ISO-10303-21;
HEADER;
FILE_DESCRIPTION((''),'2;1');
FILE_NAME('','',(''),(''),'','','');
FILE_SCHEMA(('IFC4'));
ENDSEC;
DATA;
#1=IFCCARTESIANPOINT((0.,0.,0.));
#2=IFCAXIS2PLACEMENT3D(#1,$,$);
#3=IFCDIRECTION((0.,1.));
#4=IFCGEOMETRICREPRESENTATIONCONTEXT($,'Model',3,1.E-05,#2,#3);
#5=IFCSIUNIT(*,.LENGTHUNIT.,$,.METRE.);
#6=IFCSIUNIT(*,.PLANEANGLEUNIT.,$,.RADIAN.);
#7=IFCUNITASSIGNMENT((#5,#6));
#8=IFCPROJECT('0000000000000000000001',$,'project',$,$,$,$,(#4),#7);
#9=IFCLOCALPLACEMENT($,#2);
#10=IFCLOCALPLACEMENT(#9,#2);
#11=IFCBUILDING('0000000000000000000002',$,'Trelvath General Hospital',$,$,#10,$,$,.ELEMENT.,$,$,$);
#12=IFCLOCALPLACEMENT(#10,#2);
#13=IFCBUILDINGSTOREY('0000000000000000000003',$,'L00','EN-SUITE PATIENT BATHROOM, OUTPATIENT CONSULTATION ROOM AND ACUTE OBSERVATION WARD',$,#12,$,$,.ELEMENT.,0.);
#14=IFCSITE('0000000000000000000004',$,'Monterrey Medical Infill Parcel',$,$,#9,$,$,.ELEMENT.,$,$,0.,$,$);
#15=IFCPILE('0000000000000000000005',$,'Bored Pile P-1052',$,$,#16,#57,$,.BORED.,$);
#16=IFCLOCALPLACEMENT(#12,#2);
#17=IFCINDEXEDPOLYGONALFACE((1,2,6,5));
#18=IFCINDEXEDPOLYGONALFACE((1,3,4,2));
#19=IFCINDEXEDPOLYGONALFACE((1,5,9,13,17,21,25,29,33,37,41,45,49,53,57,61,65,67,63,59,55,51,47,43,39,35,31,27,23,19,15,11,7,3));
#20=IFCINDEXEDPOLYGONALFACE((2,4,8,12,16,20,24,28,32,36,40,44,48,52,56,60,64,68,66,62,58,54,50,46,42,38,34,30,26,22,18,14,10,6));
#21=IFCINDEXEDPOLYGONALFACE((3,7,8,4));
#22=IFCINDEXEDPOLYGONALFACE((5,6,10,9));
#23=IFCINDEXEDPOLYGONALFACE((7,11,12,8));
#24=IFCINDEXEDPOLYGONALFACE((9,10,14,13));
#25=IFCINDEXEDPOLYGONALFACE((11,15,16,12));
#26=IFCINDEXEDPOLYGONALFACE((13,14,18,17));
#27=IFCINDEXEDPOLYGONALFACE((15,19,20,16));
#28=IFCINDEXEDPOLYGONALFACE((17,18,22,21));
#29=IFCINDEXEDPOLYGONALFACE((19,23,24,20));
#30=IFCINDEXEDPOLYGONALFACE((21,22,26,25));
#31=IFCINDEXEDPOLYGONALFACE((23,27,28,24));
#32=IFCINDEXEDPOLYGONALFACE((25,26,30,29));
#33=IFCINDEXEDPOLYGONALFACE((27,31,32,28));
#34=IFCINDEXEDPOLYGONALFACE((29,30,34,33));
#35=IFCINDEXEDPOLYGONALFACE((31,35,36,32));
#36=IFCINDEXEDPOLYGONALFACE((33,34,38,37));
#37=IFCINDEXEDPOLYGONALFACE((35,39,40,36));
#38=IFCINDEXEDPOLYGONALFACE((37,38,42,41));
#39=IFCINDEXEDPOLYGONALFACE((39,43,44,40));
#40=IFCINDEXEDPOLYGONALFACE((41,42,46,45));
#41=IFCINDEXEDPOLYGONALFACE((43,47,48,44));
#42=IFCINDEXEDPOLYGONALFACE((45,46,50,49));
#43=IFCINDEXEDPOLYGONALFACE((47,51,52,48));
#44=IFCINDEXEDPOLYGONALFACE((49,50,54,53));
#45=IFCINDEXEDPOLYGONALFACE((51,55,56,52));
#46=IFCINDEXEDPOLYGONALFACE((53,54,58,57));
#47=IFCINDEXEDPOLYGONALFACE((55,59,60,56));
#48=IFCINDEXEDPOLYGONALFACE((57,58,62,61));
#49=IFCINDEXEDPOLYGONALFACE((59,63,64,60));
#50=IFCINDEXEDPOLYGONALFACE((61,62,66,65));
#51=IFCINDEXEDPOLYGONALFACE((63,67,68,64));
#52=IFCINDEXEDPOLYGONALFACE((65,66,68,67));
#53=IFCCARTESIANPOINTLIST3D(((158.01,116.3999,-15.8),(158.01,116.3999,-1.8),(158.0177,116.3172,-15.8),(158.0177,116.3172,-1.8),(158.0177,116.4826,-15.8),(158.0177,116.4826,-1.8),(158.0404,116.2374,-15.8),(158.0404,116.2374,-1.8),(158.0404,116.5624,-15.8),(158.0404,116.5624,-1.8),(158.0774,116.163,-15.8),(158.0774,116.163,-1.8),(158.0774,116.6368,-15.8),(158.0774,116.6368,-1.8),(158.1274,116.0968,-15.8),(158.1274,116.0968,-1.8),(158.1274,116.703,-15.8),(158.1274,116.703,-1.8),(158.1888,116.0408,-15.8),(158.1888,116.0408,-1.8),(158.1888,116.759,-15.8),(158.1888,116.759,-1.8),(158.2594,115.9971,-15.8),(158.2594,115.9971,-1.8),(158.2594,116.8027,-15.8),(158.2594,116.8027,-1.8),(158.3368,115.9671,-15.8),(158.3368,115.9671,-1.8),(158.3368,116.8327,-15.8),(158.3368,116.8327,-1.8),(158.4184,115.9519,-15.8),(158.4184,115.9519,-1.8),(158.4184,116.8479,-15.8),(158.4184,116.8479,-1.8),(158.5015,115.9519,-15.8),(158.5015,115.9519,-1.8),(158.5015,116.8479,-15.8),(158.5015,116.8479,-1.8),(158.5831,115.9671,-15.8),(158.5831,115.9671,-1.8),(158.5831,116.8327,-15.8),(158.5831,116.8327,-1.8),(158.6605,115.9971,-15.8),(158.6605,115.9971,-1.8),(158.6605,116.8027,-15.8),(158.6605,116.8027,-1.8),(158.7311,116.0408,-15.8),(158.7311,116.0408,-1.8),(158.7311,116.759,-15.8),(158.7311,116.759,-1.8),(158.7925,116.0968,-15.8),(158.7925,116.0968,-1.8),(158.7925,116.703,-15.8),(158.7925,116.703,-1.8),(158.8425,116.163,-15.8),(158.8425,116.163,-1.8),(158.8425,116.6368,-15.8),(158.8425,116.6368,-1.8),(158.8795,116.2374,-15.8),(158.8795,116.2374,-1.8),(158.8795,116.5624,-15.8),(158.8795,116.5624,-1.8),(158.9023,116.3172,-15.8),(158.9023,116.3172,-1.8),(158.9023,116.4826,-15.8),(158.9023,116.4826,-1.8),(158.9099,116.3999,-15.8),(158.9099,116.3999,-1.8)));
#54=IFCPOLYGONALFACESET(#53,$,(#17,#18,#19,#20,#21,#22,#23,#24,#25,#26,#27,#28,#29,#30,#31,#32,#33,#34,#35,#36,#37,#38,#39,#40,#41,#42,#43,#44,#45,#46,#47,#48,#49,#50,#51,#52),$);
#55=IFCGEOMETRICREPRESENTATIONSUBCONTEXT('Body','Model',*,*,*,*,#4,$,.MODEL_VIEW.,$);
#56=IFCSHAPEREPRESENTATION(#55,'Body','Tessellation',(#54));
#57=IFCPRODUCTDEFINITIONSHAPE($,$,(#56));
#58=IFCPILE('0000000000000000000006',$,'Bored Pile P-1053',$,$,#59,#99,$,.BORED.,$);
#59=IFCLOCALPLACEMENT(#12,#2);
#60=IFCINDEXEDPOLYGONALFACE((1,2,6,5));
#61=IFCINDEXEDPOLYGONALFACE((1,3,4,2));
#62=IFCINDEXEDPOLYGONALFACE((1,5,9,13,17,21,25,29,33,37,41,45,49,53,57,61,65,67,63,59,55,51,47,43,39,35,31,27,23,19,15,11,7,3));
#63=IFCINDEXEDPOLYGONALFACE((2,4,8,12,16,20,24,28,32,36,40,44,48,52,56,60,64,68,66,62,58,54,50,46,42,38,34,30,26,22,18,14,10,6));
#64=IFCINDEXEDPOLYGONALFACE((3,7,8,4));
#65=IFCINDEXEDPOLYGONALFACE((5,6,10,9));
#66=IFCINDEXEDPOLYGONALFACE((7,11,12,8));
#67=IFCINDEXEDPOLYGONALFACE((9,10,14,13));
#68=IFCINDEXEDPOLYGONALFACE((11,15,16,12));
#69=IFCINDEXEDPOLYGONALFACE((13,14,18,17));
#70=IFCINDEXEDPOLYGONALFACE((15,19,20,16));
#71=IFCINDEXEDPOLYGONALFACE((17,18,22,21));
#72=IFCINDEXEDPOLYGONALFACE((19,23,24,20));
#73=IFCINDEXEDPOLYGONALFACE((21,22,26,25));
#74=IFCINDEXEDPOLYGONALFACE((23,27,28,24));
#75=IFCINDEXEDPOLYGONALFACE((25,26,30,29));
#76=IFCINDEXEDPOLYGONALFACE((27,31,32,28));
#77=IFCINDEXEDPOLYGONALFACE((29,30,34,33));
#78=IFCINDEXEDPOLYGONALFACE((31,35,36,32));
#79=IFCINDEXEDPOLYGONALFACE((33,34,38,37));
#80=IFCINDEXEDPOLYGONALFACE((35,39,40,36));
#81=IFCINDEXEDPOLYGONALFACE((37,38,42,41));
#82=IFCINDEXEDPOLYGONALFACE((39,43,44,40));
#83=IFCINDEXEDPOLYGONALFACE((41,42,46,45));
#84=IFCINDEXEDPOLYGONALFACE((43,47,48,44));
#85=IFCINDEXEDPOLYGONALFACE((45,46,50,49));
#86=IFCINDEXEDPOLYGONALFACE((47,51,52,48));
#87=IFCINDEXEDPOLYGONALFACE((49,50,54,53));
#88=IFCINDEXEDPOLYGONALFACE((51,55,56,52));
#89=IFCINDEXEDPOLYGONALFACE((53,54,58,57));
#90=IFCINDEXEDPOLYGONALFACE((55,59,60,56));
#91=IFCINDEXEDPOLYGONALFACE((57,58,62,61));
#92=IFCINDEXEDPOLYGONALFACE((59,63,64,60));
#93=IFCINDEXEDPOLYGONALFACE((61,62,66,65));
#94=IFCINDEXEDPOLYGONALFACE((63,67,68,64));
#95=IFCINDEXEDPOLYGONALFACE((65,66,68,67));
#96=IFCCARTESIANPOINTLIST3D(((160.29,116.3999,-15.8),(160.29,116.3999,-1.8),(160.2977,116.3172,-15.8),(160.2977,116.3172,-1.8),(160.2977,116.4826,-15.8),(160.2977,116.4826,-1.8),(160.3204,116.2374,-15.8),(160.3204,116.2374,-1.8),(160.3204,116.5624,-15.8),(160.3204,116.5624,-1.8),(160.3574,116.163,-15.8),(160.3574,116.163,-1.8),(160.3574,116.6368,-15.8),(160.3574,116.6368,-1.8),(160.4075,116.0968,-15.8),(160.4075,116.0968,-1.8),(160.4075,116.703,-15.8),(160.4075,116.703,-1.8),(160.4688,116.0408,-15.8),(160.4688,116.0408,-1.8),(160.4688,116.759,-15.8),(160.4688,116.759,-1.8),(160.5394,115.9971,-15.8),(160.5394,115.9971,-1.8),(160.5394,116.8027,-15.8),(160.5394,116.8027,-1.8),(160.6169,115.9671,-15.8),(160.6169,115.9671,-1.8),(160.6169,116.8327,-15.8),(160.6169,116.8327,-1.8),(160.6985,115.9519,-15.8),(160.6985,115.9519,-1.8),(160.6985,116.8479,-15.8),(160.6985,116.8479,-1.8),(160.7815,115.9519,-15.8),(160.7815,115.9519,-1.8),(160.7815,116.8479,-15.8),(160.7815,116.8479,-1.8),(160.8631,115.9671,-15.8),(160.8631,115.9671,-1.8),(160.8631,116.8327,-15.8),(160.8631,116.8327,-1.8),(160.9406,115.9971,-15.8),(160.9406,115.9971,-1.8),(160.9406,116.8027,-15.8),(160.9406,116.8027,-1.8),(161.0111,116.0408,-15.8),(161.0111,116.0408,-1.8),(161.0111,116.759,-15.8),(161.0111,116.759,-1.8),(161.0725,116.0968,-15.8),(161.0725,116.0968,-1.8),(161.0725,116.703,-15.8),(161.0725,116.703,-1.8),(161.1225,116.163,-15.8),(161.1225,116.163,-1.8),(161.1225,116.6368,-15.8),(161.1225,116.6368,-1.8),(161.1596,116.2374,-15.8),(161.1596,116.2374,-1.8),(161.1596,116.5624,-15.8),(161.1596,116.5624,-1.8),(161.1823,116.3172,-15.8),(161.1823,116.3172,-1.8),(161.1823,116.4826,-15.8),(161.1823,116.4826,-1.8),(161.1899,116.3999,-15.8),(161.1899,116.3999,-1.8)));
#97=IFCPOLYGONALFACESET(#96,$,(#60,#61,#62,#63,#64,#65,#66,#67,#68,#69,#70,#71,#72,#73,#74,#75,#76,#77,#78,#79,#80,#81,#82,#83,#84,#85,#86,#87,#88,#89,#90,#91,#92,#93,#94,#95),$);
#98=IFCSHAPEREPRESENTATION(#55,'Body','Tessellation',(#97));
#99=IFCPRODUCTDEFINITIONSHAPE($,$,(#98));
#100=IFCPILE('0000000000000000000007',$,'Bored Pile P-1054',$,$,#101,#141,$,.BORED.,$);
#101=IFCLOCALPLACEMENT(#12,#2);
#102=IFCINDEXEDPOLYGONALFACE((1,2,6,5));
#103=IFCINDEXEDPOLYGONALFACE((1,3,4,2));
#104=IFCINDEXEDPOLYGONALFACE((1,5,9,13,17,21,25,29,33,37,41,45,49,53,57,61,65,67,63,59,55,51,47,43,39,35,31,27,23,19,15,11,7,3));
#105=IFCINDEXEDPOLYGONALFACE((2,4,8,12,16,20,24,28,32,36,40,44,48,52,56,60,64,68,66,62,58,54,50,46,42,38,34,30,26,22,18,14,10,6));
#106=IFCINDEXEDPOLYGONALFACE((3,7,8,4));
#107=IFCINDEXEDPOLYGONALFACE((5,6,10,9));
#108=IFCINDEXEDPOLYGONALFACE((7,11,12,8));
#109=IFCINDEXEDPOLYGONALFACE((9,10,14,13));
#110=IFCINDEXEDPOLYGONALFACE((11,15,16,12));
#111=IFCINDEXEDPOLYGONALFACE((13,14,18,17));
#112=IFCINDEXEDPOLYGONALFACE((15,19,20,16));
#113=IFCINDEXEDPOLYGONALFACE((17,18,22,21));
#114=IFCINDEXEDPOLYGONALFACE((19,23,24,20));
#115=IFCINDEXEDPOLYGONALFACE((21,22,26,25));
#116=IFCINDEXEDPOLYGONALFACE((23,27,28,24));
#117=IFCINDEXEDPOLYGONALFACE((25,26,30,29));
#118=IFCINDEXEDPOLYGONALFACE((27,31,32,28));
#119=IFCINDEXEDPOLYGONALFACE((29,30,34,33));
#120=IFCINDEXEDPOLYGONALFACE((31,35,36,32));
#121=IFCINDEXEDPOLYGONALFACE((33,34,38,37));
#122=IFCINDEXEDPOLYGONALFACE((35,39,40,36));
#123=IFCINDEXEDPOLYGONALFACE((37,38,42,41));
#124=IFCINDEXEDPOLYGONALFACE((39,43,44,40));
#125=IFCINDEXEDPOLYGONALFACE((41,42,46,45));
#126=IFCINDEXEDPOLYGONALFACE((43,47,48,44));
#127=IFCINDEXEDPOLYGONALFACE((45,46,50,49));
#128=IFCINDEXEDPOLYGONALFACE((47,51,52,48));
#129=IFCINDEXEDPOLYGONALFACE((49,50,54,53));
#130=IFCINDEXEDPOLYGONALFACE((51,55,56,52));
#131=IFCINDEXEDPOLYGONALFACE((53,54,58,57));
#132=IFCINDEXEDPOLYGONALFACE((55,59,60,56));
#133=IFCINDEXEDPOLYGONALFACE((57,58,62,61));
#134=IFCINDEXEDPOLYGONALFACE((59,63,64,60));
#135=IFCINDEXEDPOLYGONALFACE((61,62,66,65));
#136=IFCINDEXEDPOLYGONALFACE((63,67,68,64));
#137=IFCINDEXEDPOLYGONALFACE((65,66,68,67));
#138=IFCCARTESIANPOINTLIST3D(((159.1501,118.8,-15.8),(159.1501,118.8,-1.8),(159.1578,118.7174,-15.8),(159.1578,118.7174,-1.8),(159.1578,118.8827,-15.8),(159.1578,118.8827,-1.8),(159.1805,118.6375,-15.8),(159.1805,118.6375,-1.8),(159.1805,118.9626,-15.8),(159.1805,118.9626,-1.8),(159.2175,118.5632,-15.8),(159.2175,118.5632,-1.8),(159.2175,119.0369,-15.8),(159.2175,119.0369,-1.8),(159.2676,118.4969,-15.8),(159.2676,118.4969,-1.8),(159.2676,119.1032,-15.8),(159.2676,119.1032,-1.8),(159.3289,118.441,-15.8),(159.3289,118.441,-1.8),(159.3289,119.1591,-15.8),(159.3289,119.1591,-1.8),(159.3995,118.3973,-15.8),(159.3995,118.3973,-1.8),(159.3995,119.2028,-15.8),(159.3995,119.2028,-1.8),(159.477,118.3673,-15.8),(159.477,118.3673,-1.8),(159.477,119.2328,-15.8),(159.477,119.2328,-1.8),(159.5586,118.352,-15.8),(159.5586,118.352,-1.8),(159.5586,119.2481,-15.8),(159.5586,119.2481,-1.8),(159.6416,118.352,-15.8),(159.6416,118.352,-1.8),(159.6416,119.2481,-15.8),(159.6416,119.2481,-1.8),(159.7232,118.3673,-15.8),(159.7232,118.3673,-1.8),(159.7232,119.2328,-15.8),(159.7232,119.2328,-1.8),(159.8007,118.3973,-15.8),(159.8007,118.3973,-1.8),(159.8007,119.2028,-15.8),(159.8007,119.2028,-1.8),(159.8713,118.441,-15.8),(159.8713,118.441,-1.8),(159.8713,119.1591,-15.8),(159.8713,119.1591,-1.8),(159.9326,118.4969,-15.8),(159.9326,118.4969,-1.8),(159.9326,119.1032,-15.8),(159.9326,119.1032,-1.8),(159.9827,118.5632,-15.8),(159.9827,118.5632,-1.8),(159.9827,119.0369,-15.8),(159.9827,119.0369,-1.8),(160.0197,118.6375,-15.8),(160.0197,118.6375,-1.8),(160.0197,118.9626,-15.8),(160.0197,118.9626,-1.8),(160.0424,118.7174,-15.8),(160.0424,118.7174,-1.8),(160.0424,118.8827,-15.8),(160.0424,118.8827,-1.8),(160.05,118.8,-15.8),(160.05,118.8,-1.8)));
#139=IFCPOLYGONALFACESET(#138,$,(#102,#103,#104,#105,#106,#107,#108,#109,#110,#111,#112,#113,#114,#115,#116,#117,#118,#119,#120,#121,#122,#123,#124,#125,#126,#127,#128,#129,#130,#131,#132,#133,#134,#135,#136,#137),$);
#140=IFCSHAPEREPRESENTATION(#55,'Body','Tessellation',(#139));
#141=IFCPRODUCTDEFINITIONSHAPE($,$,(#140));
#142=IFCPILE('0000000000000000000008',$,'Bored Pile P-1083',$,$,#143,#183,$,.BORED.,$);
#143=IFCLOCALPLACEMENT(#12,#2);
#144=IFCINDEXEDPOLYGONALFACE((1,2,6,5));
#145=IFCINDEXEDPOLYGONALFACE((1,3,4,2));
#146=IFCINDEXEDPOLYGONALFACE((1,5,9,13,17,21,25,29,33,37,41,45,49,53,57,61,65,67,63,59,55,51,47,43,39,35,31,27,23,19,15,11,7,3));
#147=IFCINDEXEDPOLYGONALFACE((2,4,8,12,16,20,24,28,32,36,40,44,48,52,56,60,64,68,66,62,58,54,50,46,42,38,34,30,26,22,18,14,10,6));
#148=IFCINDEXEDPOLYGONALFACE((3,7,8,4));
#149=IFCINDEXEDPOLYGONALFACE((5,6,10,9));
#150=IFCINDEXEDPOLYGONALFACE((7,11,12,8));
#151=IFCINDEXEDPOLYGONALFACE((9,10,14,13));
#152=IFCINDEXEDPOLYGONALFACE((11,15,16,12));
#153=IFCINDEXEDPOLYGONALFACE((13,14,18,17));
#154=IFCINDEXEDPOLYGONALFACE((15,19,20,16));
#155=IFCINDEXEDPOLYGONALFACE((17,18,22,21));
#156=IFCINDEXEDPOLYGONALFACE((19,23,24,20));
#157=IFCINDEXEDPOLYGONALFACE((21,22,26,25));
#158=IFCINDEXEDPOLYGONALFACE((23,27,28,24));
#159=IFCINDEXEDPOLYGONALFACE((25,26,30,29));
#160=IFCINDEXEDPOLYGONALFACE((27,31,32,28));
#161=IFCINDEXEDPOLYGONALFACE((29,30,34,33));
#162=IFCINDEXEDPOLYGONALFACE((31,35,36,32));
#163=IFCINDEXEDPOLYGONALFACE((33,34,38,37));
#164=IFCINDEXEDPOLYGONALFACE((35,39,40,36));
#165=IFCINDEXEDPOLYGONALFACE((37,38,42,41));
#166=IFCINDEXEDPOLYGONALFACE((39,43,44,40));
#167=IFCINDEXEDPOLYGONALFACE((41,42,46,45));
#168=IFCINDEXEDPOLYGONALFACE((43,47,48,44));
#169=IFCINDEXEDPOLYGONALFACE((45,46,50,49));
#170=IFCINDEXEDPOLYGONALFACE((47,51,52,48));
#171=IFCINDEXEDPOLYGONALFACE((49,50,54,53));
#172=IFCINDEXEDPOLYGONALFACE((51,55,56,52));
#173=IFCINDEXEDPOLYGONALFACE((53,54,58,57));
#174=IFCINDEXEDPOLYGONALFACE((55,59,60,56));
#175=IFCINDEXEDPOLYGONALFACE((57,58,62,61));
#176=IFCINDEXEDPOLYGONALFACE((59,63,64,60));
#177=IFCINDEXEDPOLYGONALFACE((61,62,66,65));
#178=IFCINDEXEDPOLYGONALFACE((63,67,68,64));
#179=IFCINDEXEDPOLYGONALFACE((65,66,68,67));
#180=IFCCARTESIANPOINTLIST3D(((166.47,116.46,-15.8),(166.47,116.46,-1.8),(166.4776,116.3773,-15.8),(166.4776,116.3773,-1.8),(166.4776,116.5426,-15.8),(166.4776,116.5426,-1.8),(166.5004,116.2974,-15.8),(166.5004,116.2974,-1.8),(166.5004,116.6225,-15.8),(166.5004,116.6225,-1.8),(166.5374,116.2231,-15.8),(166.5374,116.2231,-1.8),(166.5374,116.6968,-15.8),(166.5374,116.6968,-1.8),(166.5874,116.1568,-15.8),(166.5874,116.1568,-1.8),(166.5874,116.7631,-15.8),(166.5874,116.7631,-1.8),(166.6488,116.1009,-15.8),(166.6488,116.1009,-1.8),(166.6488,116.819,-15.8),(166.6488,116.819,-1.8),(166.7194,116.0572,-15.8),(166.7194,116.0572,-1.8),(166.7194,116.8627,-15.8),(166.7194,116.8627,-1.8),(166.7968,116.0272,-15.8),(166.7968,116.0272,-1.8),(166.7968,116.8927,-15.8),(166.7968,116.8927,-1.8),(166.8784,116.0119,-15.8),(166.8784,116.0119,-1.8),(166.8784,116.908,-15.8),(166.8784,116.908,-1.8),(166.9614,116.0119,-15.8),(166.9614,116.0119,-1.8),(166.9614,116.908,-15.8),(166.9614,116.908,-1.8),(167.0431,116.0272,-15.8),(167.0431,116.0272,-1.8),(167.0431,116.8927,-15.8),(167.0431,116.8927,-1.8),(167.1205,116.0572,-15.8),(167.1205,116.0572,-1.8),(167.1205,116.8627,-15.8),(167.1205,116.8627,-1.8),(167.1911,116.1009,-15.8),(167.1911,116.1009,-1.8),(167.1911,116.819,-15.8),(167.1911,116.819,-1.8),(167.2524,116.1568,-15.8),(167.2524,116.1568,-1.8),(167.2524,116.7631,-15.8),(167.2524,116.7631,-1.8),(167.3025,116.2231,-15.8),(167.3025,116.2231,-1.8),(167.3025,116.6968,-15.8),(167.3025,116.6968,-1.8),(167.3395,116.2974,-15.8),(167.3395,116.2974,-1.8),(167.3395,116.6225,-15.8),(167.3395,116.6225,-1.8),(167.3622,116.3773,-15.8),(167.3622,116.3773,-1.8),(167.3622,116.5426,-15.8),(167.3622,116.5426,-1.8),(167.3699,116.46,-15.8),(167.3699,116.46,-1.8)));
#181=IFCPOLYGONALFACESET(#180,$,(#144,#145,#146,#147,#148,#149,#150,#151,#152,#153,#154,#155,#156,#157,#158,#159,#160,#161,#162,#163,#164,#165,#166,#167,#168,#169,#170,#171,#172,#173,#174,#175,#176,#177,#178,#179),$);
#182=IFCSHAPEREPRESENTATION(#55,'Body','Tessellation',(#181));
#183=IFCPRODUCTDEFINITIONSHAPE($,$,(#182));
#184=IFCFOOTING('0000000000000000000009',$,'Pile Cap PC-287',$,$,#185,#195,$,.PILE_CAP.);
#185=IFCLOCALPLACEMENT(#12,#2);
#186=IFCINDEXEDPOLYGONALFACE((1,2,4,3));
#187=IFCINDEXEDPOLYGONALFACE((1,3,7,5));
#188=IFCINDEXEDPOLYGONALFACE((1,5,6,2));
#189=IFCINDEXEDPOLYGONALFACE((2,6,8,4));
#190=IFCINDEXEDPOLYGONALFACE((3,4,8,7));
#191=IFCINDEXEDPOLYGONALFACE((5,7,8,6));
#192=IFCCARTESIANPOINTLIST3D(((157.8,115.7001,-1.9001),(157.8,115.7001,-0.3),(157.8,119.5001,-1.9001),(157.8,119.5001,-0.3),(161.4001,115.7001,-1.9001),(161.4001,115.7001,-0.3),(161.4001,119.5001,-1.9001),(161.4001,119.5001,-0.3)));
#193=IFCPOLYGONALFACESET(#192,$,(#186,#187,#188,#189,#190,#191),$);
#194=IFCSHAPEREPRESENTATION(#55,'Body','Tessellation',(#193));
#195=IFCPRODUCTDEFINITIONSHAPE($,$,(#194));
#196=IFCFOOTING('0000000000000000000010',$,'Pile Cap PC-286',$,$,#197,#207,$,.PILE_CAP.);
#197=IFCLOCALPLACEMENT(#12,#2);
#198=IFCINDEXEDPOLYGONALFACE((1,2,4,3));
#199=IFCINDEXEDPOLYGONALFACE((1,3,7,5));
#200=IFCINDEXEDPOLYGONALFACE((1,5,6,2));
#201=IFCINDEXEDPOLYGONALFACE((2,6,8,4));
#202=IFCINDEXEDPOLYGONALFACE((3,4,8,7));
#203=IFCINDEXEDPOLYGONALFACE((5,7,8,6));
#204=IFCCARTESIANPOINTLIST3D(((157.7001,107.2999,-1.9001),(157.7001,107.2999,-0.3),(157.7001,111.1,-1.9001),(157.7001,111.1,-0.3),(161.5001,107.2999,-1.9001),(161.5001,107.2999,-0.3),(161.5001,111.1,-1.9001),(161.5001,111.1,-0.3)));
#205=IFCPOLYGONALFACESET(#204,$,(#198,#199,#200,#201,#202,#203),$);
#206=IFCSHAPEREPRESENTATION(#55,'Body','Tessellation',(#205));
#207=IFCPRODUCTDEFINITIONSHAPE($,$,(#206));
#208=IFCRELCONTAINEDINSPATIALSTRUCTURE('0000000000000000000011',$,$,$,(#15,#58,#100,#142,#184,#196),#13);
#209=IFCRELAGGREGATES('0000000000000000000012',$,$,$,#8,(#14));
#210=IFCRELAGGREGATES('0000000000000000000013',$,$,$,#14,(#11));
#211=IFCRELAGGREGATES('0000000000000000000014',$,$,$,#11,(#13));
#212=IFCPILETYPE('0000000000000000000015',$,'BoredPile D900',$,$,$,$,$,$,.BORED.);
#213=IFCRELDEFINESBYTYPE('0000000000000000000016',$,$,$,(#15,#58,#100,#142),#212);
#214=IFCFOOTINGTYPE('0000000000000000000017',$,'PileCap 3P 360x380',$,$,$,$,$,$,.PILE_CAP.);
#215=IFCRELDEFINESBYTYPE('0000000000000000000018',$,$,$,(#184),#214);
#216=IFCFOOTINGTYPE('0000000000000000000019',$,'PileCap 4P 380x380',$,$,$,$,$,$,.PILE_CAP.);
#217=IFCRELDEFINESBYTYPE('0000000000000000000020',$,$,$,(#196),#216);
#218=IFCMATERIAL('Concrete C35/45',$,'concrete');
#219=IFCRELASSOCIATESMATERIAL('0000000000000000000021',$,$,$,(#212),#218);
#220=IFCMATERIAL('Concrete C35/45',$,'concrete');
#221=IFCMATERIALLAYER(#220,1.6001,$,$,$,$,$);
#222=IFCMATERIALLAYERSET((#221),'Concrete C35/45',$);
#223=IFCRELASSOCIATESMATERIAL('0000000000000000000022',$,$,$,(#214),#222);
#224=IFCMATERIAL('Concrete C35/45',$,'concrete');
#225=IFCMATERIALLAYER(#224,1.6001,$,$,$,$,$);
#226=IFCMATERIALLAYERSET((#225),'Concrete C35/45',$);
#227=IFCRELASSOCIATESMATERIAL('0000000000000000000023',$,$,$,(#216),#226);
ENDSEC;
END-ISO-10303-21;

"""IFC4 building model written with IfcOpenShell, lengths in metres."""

from ifc_helpers import new_model, si_unit, direction, frame, origin, origin_2d, place, context, subcontext, project, spatial, rectangle, circle, extrude, material, layer, layer_set, material_profile, profile_set, type_object, element, save


model = new_model("IFC4")

# Units and contexts
model_context = context("Model", 3, precision=1e-05, world=origin(), true_north=direction((0.0, 1.0)))
body_context = subcontext(model_context, "Body", "Model", "MODEL_VIEW")
ifc_project = project(units=[si_unit("LENGTHUNIT", "METRE"), si_unit("PLANEANGLEUNIT", "RADIAN")], contexts=[model_context])

# Site, building, storey
site_placement = place(None, origin())
site = spatial("IfcSite", under=ifc_project, at=site_placement, Name="Monterrey Medical Infill Parcel", CompositionType="ELEMENT", RefElevation=0.0)
building_placement = place(site_placement, origin())
building = spatial("IfcBuilding", under=site, at=building_placement, Name="Trelvath General Hospital", CompositionType="ELEMENT")
storey_placement = place(building_placement, origin())
storey = spatial("IfcBuildingStorey", under=building, at=storey_placement, Name="L00", Description="EN-SUITE PATIENT BATHROOM, OUTPATIENT CONSULTATION ROOM AND ACUTE OBSERVATION WARD", CompositionType="ELEMENT", Elevation=0.0)

# Piles
ifc_material_1 = material(Name="Concrete C35/45", Category="concrete")
ifc_material_profile_1 = material_profile(ifc_material_1, circle(Radius=0.45, at=origin_2d()), Name="PILE900")
ifc_profile_set_1 = profile_set([ifc_material_profile_1], Name="Concrete C35/45")
pile_type = type_object("IfcPileType", Name="BoredPile D900", PredefinedType="BORED", material=ifc_profile_set_1)
for number, where, z_axis, x_axis, name in (
    (1, (158.46, 116.3999, -1.8), (0.0, 0.0, -1.0), (1.0, 0.0, 0.0), "Bored Pile P-1052"),
    (2, (160.74, 116.3999, -1.8), (0.0, 0.0, -1.0), (1.0, 0.0, 0.0), "Bored Pile P-1053"),
    (3, (159.6001, 118.8, -1.8), (0.0, 0.0, -1.0), (1.0, 0.0, 0.0), "Bored Pile P-1054"),
    (4, (166.9199, 116.46, -1.8), (0.0, 0.0, -1.0), (1.0, 0.0, 0.0), "Bored Pile P-1083"),
):
    element("IfcPile", number, at=place(storey_placement, frame(where, z_axis=z_axis, x_axis=x_axis)), inside=storey, type_object=pile_type, Name=name, PredefinedType="BORED", context=body_context, shape_type="SweptSolid", body=[
        extrude(circle(Radius=0.45, at=origin_2d()), origin(), (0.0, 0.0, 1.0), 14.0),
    ])

# Footings
ifc_material_2 = material(Name="Concrete C35/45", Category="concrete")
ifc_layer_1 = layer(ifc_material_2, 1.6001)
ifc_layer_set_1 = layer_set([ifc_layer_1], Name="Concrete C35/45")
footing_type_1 = type_object("IfcFootingType", Name="PileCap 3P 360x380", PredefinedType="PILE_CAP", material=ifc_layer_set_1)
footing_1_placement = place(storey_placement, frame((159.6001, 117.6001, -1.9001), z_axis=(0.0, 0.0, 1.0), x_axis=(1.0, 0.0, 0.0)))
element("IfcFooting", 5, at=footing_1_placement, inside=storey, type_object=footing_type_1, Name="Pile Cap PC-287", PredefinedType="PILE_CAP", context=body_context, shape_type="SweptSolid", body=[
    extrude(rectangle(XDim=3.6001, YDim=3.8, at=origin_2d()), origin(), (0.0, 0.0, 1.0), 1.6001),
])
ifc_material_3 = material(Name="Concrete C35/45", Category="concrete")
ifc_layer_2 = layer(ifc_material_3, 1.6001)
ifc_layer_set_2 = layer_set([ifc_layer_2], Name="Concrete C35/45")
footing_type_2 = type_object("IfcFootingType", Name="PileCap 4P 380x380", PredefinedType="PILE_CAP", material=ifc_layer_set_2)
footing_2_placement = place(storey_placement, frame((159.6001, 109.2, -1.9001), z_axis=(0.0, 0.0, 1.0), x_axis=(1.0, 0.0, 0.0)))
element("IfcFooting", 6, at=footing_2_placement, inside=storey, type_object=footing_type_2, Name="Pile Cap PC-286", PredefinedType="PILE_CAP", context=body_context, shape_type="SweptSolid", body=[
    extrude(rectangle(XDim=3.8, YDim=3.8, at=origin_2d()), origin(), (0.0, 0.0, 1.0), 1.6001),
])

save(model, "model.ifc")
